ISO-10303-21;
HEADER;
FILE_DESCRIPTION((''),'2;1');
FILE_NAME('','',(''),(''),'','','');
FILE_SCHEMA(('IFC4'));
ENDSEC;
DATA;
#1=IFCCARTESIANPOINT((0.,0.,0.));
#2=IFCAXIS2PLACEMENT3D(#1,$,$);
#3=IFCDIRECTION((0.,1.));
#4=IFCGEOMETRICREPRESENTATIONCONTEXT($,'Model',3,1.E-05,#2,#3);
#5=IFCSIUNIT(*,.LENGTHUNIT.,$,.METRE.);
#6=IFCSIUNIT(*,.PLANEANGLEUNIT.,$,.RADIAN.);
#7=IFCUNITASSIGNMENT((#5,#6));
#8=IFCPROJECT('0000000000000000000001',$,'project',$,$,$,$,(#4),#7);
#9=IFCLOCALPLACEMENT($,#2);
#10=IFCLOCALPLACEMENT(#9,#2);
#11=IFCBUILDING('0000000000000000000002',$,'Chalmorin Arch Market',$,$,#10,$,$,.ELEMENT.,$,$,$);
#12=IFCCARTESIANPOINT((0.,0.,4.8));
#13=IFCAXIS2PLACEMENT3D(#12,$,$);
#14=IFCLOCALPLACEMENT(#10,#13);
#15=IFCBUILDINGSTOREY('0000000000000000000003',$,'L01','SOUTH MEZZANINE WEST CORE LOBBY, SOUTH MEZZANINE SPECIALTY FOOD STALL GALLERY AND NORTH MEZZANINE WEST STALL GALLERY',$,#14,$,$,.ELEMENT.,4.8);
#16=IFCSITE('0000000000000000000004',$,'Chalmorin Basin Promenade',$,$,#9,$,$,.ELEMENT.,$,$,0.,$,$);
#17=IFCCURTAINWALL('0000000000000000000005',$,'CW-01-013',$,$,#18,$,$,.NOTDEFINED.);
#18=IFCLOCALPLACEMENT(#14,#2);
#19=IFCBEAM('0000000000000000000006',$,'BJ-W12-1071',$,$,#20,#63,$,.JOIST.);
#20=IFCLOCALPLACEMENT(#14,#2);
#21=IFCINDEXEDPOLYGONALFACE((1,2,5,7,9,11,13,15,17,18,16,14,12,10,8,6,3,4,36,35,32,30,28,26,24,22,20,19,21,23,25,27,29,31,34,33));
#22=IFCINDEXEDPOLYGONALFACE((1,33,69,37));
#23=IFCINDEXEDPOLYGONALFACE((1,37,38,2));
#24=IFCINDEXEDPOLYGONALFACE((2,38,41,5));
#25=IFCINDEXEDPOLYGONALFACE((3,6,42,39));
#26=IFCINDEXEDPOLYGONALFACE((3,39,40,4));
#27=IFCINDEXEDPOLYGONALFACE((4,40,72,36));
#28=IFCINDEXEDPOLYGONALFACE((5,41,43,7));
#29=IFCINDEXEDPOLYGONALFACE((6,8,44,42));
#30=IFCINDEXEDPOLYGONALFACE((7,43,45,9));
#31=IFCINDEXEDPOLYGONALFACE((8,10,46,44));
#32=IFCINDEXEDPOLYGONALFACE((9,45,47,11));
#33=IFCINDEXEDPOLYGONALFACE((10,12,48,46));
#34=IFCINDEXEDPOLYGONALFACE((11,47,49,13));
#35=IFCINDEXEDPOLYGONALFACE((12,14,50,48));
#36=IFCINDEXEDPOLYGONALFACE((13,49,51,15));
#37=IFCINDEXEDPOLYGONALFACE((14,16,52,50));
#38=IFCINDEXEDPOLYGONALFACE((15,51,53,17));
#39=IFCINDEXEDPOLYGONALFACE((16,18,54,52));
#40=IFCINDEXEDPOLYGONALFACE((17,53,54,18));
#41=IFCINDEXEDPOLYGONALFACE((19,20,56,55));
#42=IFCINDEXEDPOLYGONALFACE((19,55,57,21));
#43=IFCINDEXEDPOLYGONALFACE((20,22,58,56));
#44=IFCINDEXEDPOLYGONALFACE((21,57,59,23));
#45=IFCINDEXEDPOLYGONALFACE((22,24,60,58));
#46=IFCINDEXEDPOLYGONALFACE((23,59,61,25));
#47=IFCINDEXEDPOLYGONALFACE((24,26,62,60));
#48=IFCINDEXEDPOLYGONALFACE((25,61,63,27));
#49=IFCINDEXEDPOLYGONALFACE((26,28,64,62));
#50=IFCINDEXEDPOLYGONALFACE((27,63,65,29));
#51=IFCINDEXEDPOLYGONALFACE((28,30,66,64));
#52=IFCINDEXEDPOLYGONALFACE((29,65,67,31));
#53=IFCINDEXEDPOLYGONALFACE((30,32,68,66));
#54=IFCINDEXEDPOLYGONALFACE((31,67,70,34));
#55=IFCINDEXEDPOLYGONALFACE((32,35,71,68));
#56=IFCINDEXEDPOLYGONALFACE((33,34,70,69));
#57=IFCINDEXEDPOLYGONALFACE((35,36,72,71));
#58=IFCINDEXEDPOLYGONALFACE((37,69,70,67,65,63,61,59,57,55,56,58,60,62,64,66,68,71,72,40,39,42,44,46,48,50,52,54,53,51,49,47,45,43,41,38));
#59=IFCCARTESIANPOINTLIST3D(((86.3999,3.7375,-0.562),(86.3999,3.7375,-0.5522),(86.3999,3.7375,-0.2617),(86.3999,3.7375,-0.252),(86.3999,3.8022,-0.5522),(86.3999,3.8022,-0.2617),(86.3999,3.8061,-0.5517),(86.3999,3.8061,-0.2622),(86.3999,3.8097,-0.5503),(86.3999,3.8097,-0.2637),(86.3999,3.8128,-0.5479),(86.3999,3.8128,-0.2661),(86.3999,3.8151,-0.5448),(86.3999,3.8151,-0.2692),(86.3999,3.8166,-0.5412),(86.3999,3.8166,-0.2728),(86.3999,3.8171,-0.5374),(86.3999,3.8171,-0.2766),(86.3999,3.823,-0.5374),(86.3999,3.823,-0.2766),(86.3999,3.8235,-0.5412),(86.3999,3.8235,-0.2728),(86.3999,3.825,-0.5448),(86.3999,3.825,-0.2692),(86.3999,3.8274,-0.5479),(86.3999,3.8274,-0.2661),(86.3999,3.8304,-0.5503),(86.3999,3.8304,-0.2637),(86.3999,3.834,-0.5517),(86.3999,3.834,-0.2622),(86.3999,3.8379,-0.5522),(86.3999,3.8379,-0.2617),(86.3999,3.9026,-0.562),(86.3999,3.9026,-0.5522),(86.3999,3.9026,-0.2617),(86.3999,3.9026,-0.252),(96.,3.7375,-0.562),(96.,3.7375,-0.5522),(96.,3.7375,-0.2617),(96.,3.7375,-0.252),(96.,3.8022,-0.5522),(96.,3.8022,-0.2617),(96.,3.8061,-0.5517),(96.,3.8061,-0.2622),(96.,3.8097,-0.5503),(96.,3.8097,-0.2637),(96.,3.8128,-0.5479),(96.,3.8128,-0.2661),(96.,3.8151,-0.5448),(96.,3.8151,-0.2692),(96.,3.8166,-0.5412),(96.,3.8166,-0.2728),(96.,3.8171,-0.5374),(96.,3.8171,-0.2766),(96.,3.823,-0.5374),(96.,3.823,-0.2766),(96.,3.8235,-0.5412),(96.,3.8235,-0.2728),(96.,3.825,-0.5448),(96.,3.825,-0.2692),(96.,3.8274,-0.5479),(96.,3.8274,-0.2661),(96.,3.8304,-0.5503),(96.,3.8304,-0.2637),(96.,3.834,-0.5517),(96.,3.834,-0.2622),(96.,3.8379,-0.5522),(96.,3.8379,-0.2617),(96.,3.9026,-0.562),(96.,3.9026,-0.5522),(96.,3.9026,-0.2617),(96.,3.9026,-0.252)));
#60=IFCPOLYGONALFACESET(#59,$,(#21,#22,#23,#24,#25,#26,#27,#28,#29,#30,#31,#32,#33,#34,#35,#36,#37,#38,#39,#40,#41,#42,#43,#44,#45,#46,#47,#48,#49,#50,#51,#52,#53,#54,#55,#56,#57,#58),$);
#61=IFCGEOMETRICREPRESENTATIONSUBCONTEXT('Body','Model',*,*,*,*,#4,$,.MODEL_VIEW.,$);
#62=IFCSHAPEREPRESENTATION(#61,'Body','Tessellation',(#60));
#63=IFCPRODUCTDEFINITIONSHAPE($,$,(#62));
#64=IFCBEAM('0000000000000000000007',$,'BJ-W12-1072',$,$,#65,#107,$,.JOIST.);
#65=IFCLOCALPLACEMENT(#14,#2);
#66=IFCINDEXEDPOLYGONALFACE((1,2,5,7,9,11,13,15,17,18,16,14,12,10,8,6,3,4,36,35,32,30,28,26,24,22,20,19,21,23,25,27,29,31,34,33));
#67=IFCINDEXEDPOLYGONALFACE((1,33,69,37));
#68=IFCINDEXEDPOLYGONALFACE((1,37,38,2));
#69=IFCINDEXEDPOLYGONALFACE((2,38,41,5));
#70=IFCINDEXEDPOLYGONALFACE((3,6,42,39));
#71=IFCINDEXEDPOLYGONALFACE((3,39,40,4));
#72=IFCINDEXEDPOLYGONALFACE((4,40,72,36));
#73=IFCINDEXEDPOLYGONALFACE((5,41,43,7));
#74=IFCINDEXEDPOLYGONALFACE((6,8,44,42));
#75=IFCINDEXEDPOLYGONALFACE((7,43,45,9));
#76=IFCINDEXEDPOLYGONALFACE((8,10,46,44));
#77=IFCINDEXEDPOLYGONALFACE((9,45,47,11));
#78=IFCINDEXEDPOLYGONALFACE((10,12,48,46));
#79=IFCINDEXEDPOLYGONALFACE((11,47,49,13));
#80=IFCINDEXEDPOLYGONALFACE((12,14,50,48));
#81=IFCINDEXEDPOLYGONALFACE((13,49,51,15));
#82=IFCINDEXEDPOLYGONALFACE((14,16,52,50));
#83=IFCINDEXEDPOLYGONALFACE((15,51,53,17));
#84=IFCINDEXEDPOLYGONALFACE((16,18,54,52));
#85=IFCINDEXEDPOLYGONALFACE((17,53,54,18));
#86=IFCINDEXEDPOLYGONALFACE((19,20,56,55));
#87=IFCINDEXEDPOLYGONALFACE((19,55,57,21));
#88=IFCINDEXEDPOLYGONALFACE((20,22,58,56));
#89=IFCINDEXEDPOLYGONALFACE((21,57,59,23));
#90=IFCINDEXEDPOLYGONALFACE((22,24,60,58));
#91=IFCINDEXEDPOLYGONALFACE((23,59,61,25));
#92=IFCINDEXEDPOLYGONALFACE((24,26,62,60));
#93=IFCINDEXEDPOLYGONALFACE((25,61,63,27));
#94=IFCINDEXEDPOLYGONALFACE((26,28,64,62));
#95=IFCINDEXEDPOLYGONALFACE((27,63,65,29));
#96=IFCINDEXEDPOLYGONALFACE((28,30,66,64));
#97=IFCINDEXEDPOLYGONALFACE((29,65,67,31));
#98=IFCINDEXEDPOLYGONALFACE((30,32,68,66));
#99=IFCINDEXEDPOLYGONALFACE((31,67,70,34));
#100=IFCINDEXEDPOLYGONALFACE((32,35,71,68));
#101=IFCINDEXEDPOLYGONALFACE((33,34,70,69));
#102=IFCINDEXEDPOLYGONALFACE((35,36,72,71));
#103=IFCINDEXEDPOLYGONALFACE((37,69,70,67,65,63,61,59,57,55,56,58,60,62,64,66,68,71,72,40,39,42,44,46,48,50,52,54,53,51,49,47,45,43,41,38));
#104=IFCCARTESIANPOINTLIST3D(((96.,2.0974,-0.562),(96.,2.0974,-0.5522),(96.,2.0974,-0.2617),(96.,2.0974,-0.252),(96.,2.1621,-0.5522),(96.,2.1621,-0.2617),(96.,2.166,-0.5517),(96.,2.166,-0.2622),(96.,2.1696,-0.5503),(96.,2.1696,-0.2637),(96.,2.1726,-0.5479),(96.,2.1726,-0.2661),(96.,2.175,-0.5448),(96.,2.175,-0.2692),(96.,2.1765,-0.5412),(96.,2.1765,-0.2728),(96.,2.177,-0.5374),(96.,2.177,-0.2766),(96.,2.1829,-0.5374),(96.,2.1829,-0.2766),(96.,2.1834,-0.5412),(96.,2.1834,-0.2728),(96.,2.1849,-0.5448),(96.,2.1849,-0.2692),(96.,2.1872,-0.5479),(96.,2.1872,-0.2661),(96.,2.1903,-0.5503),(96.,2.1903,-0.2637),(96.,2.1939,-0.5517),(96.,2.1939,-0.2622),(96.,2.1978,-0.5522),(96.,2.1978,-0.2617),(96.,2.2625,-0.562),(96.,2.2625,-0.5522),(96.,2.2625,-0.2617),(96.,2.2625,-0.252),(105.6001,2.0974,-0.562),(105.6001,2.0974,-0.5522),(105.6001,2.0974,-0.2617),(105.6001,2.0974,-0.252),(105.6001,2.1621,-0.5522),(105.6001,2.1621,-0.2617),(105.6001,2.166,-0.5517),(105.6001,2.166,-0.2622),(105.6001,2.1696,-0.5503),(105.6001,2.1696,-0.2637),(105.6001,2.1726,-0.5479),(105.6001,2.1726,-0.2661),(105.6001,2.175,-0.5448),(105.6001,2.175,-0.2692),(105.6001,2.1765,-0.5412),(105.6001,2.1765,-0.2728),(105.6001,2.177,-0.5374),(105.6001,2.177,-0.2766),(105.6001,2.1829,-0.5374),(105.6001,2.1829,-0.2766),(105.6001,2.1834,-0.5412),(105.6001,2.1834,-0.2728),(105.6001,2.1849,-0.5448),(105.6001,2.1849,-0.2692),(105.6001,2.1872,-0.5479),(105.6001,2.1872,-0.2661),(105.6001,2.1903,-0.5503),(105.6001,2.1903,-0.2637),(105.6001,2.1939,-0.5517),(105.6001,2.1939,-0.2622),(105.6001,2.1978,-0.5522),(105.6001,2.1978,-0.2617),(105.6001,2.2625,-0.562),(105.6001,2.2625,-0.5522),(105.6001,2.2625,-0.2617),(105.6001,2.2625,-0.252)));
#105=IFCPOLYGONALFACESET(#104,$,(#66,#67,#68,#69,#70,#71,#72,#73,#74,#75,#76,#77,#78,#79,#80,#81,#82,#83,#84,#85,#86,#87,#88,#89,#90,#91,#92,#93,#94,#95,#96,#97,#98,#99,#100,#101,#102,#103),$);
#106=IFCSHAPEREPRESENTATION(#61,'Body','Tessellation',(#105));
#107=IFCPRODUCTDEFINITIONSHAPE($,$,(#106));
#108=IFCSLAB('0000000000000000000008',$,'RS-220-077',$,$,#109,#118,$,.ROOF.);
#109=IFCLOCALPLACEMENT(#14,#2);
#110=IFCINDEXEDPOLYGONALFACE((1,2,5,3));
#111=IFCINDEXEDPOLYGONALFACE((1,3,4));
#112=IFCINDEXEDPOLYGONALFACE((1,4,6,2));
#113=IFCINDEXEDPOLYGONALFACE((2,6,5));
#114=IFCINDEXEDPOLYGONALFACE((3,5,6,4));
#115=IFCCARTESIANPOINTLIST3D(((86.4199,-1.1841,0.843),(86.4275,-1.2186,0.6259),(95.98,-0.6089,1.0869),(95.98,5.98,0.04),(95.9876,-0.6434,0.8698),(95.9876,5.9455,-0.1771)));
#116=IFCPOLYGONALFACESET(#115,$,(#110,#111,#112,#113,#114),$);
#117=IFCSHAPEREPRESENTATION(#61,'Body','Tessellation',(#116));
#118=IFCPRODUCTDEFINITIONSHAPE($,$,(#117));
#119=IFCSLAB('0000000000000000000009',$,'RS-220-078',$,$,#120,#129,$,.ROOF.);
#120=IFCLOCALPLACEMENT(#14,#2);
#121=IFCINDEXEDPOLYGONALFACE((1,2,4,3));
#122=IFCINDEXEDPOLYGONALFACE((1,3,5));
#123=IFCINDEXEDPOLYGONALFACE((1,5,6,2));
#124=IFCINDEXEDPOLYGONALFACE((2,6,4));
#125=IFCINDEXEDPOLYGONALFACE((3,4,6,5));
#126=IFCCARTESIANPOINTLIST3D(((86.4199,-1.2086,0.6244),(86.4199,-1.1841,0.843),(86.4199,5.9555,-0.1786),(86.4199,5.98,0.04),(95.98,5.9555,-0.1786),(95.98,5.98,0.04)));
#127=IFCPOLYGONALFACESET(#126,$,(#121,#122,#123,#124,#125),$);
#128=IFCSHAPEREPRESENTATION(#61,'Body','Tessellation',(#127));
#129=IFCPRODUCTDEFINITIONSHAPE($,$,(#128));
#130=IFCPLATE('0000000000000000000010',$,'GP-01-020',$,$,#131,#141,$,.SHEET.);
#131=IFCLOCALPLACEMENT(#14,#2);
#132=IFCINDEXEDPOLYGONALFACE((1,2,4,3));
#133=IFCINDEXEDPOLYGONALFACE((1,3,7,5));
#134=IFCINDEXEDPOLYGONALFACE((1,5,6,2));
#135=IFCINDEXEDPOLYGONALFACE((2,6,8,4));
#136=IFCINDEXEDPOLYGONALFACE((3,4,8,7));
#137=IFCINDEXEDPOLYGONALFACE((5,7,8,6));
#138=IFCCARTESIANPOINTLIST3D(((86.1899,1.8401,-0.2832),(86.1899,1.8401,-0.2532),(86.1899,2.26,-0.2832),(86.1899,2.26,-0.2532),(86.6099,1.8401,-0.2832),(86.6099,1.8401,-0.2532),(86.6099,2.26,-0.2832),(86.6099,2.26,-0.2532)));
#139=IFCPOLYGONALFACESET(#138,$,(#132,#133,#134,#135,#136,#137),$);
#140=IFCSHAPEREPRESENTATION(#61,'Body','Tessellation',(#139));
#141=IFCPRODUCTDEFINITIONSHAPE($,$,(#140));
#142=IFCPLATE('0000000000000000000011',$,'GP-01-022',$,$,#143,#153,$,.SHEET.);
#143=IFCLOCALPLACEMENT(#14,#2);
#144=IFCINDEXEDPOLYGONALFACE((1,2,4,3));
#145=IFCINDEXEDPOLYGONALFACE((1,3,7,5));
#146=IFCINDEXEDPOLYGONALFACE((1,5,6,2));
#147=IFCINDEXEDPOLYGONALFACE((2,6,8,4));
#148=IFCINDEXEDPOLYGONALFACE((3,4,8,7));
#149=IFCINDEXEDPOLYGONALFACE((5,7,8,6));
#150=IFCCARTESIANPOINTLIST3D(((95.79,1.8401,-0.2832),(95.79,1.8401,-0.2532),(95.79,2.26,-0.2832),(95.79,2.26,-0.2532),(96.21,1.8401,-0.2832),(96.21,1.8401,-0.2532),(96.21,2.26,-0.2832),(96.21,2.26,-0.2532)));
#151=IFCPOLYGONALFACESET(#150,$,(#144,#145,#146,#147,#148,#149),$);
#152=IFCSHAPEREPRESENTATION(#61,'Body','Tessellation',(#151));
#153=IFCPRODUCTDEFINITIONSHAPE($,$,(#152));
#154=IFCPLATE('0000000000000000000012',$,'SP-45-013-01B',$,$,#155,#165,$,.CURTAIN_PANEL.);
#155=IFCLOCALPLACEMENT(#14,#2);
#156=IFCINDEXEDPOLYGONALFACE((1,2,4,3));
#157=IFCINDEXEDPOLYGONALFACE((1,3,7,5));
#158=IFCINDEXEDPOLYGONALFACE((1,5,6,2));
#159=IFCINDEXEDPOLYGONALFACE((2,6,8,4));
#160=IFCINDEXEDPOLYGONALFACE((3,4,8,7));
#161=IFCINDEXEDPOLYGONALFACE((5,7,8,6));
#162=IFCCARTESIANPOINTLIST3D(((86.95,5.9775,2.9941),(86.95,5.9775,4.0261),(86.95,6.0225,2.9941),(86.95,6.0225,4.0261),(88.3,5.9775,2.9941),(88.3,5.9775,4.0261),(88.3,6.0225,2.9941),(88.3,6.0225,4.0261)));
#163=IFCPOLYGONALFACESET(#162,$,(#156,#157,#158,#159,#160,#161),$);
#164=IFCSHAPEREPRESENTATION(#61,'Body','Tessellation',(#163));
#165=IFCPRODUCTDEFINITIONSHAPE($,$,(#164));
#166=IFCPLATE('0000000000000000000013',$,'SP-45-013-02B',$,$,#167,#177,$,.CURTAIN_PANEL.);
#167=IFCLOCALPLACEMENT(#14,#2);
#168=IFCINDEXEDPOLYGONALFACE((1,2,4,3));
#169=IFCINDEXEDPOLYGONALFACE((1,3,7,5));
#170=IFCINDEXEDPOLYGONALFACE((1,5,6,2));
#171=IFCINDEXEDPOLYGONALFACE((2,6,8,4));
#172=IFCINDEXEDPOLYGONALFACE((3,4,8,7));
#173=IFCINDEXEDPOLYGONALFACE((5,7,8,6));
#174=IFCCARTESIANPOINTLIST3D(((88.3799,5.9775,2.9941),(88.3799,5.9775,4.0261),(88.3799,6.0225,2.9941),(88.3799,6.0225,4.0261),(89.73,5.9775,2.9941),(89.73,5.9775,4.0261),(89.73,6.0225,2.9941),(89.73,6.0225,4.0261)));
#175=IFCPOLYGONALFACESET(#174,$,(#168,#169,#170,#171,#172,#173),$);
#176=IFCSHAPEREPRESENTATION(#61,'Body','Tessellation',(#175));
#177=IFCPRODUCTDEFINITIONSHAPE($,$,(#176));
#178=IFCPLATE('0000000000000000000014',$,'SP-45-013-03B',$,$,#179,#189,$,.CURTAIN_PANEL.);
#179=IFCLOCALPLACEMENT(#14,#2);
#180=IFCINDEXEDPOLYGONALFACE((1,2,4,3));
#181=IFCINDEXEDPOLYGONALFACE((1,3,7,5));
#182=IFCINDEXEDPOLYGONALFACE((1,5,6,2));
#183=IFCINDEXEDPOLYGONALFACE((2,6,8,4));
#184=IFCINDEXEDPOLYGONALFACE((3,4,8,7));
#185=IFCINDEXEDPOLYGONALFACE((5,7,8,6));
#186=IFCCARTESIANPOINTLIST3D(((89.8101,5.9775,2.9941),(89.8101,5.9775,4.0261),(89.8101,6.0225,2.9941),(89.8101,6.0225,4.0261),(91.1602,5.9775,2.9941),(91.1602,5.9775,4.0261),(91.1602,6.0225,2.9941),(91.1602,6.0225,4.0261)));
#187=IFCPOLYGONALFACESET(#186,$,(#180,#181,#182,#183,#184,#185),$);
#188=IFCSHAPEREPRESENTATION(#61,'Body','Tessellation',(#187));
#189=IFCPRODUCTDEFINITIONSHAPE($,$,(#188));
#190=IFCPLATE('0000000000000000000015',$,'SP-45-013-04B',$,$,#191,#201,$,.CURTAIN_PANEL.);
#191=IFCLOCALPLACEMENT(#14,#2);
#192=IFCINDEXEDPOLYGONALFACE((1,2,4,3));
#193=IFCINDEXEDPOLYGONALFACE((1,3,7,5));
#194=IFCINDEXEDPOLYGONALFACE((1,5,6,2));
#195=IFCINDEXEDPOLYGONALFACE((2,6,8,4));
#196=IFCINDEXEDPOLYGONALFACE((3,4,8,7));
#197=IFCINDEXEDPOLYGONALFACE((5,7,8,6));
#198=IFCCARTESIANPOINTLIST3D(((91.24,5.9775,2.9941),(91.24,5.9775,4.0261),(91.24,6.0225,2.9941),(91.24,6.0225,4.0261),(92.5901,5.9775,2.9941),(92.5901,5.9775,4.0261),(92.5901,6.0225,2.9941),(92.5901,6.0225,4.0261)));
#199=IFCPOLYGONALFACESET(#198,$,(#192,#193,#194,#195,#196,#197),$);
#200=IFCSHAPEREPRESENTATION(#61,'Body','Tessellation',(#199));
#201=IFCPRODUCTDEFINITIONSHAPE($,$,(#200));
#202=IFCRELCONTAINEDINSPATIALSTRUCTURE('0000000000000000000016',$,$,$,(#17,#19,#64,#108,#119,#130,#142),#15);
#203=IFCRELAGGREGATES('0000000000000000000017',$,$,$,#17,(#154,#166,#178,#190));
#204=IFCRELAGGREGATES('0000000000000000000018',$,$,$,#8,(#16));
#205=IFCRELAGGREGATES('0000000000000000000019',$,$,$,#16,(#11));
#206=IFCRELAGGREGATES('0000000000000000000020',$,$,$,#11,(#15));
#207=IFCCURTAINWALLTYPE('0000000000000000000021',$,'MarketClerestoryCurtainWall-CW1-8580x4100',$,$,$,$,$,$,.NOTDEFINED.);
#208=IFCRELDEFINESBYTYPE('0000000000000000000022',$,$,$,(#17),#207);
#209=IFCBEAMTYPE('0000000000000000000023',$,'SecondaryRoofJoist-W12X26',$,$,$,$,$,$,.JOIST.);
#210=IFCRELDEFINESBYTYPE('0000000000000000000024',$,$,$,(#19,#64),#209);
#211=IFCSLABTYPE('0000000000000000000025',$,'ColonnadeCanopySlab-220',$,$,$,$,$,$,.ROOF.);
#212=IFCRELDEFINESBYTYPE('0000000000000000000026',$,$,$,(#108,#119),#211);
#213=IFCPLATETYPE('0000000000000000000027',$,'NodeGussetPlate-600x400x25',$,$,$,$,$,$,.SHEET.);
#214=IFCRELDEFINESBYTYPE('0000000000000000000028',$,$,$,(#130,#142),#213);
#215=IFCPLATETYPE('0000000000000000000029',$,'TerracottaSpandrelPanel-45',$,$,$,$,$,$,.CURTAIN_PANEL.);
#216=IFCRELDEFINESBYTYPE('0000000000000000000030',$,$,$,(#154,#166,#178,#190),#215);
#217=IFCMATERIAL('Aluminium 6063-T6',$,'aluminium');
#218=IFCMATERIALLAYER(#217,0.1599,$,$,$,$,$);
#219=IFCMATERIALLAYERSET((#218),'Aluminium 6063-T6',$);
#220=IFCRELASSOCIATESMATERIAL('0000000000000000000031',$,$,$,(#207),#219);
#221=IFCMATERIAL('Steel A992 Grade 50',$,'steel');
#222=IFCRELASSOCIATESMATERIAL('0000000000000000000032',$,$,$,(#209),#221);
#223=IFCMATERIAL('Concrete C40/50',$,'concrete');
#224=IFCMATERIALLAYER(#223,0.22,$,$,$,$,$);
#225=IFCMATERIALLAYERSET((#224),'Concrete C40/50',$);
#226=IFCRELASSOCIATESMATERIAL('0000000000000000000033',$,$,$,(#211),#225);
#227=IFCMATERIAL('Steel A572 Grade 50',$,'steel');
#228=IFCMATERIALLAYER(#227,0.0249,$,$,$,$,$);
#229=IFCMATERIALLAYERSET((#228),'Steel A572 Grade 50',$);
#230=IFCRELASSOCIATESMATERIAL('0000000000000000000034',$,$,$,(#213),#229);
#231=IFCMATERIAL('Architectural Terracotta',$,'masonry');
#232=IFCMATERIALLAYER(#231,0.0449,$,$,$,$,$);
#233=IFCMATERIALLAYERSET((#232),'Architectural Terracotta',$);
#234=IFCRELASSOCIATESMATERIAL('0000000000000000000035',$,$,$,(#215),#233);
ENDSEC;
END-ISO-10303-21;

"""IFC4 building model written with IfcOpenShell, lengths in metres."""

from ifc_helpers import new_model, si_unit, direction, frame, origin, origin_2d, place, context, subcontext, project, spatial, polyline, rectangle, i_section, outline, extrude, material, layer, layer_set, material_profile, profile_set, type_object, element, aggregate, save


model = new_model("IFC4")

# Units and contexts
model_context = context("Model", 3, precision=1e-05, world=origin(), true_north=direction((0.0, 1.0)))
body_context = subcontext(model_context, "Body", "Model", "MODEL_VIEW")
ifc_project = project(units=[si_unit("LENGTHUNIT", "METRE"), si_unit("PLANEANGLEUNIT", "RADIAN")], contexts=[model_context])

# Site, building, storey
site_placement = place(None, origin())
site = spatial("IfcSite", under=ifc_project, at=site_placement, Name="Chalmorin Basin Promenade", CompositionType="ELEMENT", RefElevation=0.0)
building_placement = place(site_placement, origin())
building = spatial("IfcBuilding", under=site, at=building_placement, Name="Chalmorin Arch Market", CompositionType="ELEMENT")
storey_placement = place(building_placement, frame((0.0, 0.0, 4.8)))
storey = spatial("IfcBuildingStorey", under=building, at=storey_placement, Name="L01", Description="SOUTH MEZZANINE WEST CORE LOBBY, SOUTH MEZZANINE SPECIALTY FOOD STALL GALLERY AND NORTH MEZZANINE WEST STALL GALLERY", CompositionType="ELEMENT", Elevation=4.8)

# Curtain wall
ifc_material_1 = material(Name="Aluminium 6063-T6", Category="aluminium")
ifc_layer_1 = layer(ifc_material_1, 0.1599)
ifc_layer_set_1 = layer_set([ifc_layer_1], Name="Aluminium 6063-T6")
curtain_wall_type = type_object("IfcCurtainWallType", Name="MarketClerestoryCurtainWall-CW1-8580x4100", PredefinedType="NOTDEFINED", material=ifc_layer_set_1)
curtain_wall_placement = place(storey_placement, origin())
curtain_wall = element("IfcCurtainWall", 1, at=curtain_wall_placement, inside=storey, type_object=curtain_wall_type, Name="CW-01-013", PredefinedType="NOTDEFINED")

# Beams
ifc_material_2 = material(Name="Steel A992 Grade 50", Category="steel")
ifc_material_profile_1 = material_profile(ifc_material_2, i_section(OverallWidth=0.165, OverallDepth=0.3101, WebThickness=0.0059, FlangeThickness=0.0098, FilletRadius=0.0149, at=origin_2d()), Name="W12X26")
ifc_profile_set_1 = profile_set([ifc_material_profile_1], Name="Steel A992 Grade 50")
beam_type_1 = type_object("IfcBeamType", Name="SecondaryRoofJoist-W12X26", PredefinedType="JOIST", material=ifc_profile_set_1)
for number, where, z_axis, x_axis, name in (
    (2, (86.3999, 3.8201, -0.407), (1.0, 0.0, 0.0), (0.0, 1.0, 0.0), "BJ-W12-1071"),
    (3, (96.0, 2.1799, -0.407), (1.0, 0.0, 0.0), (0.0, 1.0, 0.0), "BJ-W12-1072"),
):
    element("IfcBeam", number, at=place(storey_placement, frame(where, z_axis=z_axis, x_axis=x_axis)), inside=storey, type_object=beam_type_1, Name=name, PredefinedType="JOIST", context=body_context, shape_type="SweptSolid", body=[
        extrude(i_section(OverallWidth=0.165, OverallDepth=0.3101, WebThickness=0.0059, FlangeThickness=0.0098, FilletRadius=0.0149, at=origin_2d()), origin(), (0.0, 0.0, 1.0), 9.6001),
    ])

# Slabs
ifc_material_3 = material(Name="Concrete C40/50", Category="concrete")
ifc_layer_2 = layer(ifc_material_3, 0.22)
ifc_layer_set_2 = layer_set([ifc_layer_2], Name="Concrete C40/50")
slab_type = type_object("IfcSlabType", Name="ColonnadeCanopySlab-220", PredefinedType="ROOF", material=ifc_layer_set_2)
slab_1_placement = place(storey_placement, frame((86.4199, -1.1841, 0.843), z_axis=(-0.034616, 0.156823, 0.98702), x_axis=(0.997871, 0.060038, 0.025458)))
element("IfcSlab", 4, at=slab_1_placement, inside=storey, type_object=slab_type, Name="RS-220-077", PredefinedType="ROOF", context=body_context, shape_type="SweptSolid", body=[
    extrude(outline(polyline([(0.0, 0.0), (9.5805, 0.0), (9.9494, 6.6613), (0.0, 0.0)])), origin(), (0.0, 0.0, -1.0), 0.22),
])
slab_2_placement = place(storey_placement, frame((86.4199, -1.1841, 0.843), z_axis=(0.0, 0.111387, 0.993777), x_axis=(0.798439, 0.598329, -0.067063)))
element("IfcSlab", 5, at=slab_2_placement, inside=storey, type_object=slab_type, Name="RS-220-078", PredefinedType="ROOF", context=body_context, shape_type="SweptSolid", body=[
    extrude(outline(polyline([(0.0, 0.0), (11.9734, 0.0), (4.3403, 5.7559), (0.0, 0.0)])), origin(), (0.0, 0.0, -1.0), 0.22),
])

# Plates
ifc_material_4 = material(Name="Steel A572 Grade 50", Category="steel")
ifc_layer_3 = layer(ifc_material_4, 0.0249)
ifc_layer_set_3 = layer_set([ifc_layer_3], Name="Steel A572 Grade 50")
plate_type_1 = type_object("IfcPlateType", Name="NodeGussetPlate-600x400x25", PredefinedType="SHEET", material=ifc_layer_set_3)
for number, where, z_axis, x_axis, name in (
    (6, (86.3999, 2.05, -0.2832), (0.0, 0.0, 1.0), (1.0, 0.0, 0.0), "GP-01-020"),
    (7, (96.0, 2.05, -0.2832), (0.0, 0.0, 1.0), (1.0, 0.0, 0.0), "GP-01-022"),
):
    element("IfcPlate", number, at=place(storey_placement, frame(where, z_axis=z_axis, x_axis=x_axis)), inside=storey, type_object=plate_type_1, Name=name, PredefinedType="SHEET", context=body_context, shape_type="SweptSolid", body=[
        extrude(rectangle(XDim=0.4199, YDim=0.4199, at=origin_2d()), origin(), (0.0, 0.0, 1.0), 0.03),
    ])

# Plates
ifc_material_5 = material(Name="Architectural Terracotta", Category="masonry")
ifc_layer_4 = layer(ifc_material_5, 0.0449)
ifc_layer_set_4 = layer_set([ifc_layer_4], Name="Architectural Terracotta")
plate_type_2 = type_object("IfcPlateType", Name="TerracottaSpandrelPanel-45", PredefinedType="CURTAIN_PANEL", material=ifc_layer_set_4)
plate_1_placement = place(storey_placement, frame((87.625, 6.0, 2.9941), z_axis=(0.0, 0.0, 1.0), x_axis=(1.0, 0.0, 0.0)))
plate_1 = element("IfcPlate", 8, at=plate_1_placement, type_object=plate_type_2, Name="SP-45-013-01B", PredefinedType="CURTAIN_PANEL", context=body_context, shape_type="SweptSolid", body=[
    extrude(rectangle(XDim=1.3501, YDim=0.0449, at=origin_2d()), origin(), (0.0, 0.0, 1.0), 1.032),
])
plate_2_placement = place(storey_placement, frame((89.0549, 6.0, 2.9941), z_axis=(0.0, 0.0, 1.0), x_axis=(1.0, 0.0, 0.0)))
plate_2 = element("IfcPlate", 9, at=plate_2_placement, type_object=plate_type_2, Name="SP-45-013-02B", PredefinedType="CURTAIN_PANEL", context=body_context, shape_type="SweptSolid", body=[
    extrude(rectangle(XDim=1.3501, YDim=0.0449, at=origin_2d()), origin(), (0.0, 0.0, 1.0), 1.032),
])
plate_3_placement = place(storey_placement, frame((90.4851, 6.0, 2.9941), z_axis=(0.0, 0.0, 1.0), x_axis=(1.0, 0.0, 0.0)))
plate_3 = element("IfcPlate", 10, at=plate_3_placement, type_object=plate_type_2, Name="SP-45-013-03B", PredefinedType="CURTAIN_PANEL", context=body_context, shape_type="SweptSolid", body=[
    extrude(rectangle(XDim=1.3501, YDim=0.0449, at=origin_2d()), origin(), (0.0, 0.0, 1.0), 1.032),
])
plate_4_placement = place(storey_placement, frame((91.915, 6.0, 2.9941), z_axis=(0.0, 0.0, 1.0), x_axis=(1.0, 0.0, 0.0)))
plate_4 = element("IfcPlate", 11, at=plate_4_placement, type_object=plate_type_2, Name="SP-45-013-04B", PredefinedType="CURTAIN_PANEL", context=body_context, shape_type="SweptSolid", body=[
    extrude(rectangle(XDim=1.3501, YDim=0.0449, at=origin_2d()), origin(), (0.0, 0.0, 1.0), 1.032),
])
aggregate(curtain_wall, [plate_1, plate_2, plate_3, plate_4])

save(model, "model.ifc")
